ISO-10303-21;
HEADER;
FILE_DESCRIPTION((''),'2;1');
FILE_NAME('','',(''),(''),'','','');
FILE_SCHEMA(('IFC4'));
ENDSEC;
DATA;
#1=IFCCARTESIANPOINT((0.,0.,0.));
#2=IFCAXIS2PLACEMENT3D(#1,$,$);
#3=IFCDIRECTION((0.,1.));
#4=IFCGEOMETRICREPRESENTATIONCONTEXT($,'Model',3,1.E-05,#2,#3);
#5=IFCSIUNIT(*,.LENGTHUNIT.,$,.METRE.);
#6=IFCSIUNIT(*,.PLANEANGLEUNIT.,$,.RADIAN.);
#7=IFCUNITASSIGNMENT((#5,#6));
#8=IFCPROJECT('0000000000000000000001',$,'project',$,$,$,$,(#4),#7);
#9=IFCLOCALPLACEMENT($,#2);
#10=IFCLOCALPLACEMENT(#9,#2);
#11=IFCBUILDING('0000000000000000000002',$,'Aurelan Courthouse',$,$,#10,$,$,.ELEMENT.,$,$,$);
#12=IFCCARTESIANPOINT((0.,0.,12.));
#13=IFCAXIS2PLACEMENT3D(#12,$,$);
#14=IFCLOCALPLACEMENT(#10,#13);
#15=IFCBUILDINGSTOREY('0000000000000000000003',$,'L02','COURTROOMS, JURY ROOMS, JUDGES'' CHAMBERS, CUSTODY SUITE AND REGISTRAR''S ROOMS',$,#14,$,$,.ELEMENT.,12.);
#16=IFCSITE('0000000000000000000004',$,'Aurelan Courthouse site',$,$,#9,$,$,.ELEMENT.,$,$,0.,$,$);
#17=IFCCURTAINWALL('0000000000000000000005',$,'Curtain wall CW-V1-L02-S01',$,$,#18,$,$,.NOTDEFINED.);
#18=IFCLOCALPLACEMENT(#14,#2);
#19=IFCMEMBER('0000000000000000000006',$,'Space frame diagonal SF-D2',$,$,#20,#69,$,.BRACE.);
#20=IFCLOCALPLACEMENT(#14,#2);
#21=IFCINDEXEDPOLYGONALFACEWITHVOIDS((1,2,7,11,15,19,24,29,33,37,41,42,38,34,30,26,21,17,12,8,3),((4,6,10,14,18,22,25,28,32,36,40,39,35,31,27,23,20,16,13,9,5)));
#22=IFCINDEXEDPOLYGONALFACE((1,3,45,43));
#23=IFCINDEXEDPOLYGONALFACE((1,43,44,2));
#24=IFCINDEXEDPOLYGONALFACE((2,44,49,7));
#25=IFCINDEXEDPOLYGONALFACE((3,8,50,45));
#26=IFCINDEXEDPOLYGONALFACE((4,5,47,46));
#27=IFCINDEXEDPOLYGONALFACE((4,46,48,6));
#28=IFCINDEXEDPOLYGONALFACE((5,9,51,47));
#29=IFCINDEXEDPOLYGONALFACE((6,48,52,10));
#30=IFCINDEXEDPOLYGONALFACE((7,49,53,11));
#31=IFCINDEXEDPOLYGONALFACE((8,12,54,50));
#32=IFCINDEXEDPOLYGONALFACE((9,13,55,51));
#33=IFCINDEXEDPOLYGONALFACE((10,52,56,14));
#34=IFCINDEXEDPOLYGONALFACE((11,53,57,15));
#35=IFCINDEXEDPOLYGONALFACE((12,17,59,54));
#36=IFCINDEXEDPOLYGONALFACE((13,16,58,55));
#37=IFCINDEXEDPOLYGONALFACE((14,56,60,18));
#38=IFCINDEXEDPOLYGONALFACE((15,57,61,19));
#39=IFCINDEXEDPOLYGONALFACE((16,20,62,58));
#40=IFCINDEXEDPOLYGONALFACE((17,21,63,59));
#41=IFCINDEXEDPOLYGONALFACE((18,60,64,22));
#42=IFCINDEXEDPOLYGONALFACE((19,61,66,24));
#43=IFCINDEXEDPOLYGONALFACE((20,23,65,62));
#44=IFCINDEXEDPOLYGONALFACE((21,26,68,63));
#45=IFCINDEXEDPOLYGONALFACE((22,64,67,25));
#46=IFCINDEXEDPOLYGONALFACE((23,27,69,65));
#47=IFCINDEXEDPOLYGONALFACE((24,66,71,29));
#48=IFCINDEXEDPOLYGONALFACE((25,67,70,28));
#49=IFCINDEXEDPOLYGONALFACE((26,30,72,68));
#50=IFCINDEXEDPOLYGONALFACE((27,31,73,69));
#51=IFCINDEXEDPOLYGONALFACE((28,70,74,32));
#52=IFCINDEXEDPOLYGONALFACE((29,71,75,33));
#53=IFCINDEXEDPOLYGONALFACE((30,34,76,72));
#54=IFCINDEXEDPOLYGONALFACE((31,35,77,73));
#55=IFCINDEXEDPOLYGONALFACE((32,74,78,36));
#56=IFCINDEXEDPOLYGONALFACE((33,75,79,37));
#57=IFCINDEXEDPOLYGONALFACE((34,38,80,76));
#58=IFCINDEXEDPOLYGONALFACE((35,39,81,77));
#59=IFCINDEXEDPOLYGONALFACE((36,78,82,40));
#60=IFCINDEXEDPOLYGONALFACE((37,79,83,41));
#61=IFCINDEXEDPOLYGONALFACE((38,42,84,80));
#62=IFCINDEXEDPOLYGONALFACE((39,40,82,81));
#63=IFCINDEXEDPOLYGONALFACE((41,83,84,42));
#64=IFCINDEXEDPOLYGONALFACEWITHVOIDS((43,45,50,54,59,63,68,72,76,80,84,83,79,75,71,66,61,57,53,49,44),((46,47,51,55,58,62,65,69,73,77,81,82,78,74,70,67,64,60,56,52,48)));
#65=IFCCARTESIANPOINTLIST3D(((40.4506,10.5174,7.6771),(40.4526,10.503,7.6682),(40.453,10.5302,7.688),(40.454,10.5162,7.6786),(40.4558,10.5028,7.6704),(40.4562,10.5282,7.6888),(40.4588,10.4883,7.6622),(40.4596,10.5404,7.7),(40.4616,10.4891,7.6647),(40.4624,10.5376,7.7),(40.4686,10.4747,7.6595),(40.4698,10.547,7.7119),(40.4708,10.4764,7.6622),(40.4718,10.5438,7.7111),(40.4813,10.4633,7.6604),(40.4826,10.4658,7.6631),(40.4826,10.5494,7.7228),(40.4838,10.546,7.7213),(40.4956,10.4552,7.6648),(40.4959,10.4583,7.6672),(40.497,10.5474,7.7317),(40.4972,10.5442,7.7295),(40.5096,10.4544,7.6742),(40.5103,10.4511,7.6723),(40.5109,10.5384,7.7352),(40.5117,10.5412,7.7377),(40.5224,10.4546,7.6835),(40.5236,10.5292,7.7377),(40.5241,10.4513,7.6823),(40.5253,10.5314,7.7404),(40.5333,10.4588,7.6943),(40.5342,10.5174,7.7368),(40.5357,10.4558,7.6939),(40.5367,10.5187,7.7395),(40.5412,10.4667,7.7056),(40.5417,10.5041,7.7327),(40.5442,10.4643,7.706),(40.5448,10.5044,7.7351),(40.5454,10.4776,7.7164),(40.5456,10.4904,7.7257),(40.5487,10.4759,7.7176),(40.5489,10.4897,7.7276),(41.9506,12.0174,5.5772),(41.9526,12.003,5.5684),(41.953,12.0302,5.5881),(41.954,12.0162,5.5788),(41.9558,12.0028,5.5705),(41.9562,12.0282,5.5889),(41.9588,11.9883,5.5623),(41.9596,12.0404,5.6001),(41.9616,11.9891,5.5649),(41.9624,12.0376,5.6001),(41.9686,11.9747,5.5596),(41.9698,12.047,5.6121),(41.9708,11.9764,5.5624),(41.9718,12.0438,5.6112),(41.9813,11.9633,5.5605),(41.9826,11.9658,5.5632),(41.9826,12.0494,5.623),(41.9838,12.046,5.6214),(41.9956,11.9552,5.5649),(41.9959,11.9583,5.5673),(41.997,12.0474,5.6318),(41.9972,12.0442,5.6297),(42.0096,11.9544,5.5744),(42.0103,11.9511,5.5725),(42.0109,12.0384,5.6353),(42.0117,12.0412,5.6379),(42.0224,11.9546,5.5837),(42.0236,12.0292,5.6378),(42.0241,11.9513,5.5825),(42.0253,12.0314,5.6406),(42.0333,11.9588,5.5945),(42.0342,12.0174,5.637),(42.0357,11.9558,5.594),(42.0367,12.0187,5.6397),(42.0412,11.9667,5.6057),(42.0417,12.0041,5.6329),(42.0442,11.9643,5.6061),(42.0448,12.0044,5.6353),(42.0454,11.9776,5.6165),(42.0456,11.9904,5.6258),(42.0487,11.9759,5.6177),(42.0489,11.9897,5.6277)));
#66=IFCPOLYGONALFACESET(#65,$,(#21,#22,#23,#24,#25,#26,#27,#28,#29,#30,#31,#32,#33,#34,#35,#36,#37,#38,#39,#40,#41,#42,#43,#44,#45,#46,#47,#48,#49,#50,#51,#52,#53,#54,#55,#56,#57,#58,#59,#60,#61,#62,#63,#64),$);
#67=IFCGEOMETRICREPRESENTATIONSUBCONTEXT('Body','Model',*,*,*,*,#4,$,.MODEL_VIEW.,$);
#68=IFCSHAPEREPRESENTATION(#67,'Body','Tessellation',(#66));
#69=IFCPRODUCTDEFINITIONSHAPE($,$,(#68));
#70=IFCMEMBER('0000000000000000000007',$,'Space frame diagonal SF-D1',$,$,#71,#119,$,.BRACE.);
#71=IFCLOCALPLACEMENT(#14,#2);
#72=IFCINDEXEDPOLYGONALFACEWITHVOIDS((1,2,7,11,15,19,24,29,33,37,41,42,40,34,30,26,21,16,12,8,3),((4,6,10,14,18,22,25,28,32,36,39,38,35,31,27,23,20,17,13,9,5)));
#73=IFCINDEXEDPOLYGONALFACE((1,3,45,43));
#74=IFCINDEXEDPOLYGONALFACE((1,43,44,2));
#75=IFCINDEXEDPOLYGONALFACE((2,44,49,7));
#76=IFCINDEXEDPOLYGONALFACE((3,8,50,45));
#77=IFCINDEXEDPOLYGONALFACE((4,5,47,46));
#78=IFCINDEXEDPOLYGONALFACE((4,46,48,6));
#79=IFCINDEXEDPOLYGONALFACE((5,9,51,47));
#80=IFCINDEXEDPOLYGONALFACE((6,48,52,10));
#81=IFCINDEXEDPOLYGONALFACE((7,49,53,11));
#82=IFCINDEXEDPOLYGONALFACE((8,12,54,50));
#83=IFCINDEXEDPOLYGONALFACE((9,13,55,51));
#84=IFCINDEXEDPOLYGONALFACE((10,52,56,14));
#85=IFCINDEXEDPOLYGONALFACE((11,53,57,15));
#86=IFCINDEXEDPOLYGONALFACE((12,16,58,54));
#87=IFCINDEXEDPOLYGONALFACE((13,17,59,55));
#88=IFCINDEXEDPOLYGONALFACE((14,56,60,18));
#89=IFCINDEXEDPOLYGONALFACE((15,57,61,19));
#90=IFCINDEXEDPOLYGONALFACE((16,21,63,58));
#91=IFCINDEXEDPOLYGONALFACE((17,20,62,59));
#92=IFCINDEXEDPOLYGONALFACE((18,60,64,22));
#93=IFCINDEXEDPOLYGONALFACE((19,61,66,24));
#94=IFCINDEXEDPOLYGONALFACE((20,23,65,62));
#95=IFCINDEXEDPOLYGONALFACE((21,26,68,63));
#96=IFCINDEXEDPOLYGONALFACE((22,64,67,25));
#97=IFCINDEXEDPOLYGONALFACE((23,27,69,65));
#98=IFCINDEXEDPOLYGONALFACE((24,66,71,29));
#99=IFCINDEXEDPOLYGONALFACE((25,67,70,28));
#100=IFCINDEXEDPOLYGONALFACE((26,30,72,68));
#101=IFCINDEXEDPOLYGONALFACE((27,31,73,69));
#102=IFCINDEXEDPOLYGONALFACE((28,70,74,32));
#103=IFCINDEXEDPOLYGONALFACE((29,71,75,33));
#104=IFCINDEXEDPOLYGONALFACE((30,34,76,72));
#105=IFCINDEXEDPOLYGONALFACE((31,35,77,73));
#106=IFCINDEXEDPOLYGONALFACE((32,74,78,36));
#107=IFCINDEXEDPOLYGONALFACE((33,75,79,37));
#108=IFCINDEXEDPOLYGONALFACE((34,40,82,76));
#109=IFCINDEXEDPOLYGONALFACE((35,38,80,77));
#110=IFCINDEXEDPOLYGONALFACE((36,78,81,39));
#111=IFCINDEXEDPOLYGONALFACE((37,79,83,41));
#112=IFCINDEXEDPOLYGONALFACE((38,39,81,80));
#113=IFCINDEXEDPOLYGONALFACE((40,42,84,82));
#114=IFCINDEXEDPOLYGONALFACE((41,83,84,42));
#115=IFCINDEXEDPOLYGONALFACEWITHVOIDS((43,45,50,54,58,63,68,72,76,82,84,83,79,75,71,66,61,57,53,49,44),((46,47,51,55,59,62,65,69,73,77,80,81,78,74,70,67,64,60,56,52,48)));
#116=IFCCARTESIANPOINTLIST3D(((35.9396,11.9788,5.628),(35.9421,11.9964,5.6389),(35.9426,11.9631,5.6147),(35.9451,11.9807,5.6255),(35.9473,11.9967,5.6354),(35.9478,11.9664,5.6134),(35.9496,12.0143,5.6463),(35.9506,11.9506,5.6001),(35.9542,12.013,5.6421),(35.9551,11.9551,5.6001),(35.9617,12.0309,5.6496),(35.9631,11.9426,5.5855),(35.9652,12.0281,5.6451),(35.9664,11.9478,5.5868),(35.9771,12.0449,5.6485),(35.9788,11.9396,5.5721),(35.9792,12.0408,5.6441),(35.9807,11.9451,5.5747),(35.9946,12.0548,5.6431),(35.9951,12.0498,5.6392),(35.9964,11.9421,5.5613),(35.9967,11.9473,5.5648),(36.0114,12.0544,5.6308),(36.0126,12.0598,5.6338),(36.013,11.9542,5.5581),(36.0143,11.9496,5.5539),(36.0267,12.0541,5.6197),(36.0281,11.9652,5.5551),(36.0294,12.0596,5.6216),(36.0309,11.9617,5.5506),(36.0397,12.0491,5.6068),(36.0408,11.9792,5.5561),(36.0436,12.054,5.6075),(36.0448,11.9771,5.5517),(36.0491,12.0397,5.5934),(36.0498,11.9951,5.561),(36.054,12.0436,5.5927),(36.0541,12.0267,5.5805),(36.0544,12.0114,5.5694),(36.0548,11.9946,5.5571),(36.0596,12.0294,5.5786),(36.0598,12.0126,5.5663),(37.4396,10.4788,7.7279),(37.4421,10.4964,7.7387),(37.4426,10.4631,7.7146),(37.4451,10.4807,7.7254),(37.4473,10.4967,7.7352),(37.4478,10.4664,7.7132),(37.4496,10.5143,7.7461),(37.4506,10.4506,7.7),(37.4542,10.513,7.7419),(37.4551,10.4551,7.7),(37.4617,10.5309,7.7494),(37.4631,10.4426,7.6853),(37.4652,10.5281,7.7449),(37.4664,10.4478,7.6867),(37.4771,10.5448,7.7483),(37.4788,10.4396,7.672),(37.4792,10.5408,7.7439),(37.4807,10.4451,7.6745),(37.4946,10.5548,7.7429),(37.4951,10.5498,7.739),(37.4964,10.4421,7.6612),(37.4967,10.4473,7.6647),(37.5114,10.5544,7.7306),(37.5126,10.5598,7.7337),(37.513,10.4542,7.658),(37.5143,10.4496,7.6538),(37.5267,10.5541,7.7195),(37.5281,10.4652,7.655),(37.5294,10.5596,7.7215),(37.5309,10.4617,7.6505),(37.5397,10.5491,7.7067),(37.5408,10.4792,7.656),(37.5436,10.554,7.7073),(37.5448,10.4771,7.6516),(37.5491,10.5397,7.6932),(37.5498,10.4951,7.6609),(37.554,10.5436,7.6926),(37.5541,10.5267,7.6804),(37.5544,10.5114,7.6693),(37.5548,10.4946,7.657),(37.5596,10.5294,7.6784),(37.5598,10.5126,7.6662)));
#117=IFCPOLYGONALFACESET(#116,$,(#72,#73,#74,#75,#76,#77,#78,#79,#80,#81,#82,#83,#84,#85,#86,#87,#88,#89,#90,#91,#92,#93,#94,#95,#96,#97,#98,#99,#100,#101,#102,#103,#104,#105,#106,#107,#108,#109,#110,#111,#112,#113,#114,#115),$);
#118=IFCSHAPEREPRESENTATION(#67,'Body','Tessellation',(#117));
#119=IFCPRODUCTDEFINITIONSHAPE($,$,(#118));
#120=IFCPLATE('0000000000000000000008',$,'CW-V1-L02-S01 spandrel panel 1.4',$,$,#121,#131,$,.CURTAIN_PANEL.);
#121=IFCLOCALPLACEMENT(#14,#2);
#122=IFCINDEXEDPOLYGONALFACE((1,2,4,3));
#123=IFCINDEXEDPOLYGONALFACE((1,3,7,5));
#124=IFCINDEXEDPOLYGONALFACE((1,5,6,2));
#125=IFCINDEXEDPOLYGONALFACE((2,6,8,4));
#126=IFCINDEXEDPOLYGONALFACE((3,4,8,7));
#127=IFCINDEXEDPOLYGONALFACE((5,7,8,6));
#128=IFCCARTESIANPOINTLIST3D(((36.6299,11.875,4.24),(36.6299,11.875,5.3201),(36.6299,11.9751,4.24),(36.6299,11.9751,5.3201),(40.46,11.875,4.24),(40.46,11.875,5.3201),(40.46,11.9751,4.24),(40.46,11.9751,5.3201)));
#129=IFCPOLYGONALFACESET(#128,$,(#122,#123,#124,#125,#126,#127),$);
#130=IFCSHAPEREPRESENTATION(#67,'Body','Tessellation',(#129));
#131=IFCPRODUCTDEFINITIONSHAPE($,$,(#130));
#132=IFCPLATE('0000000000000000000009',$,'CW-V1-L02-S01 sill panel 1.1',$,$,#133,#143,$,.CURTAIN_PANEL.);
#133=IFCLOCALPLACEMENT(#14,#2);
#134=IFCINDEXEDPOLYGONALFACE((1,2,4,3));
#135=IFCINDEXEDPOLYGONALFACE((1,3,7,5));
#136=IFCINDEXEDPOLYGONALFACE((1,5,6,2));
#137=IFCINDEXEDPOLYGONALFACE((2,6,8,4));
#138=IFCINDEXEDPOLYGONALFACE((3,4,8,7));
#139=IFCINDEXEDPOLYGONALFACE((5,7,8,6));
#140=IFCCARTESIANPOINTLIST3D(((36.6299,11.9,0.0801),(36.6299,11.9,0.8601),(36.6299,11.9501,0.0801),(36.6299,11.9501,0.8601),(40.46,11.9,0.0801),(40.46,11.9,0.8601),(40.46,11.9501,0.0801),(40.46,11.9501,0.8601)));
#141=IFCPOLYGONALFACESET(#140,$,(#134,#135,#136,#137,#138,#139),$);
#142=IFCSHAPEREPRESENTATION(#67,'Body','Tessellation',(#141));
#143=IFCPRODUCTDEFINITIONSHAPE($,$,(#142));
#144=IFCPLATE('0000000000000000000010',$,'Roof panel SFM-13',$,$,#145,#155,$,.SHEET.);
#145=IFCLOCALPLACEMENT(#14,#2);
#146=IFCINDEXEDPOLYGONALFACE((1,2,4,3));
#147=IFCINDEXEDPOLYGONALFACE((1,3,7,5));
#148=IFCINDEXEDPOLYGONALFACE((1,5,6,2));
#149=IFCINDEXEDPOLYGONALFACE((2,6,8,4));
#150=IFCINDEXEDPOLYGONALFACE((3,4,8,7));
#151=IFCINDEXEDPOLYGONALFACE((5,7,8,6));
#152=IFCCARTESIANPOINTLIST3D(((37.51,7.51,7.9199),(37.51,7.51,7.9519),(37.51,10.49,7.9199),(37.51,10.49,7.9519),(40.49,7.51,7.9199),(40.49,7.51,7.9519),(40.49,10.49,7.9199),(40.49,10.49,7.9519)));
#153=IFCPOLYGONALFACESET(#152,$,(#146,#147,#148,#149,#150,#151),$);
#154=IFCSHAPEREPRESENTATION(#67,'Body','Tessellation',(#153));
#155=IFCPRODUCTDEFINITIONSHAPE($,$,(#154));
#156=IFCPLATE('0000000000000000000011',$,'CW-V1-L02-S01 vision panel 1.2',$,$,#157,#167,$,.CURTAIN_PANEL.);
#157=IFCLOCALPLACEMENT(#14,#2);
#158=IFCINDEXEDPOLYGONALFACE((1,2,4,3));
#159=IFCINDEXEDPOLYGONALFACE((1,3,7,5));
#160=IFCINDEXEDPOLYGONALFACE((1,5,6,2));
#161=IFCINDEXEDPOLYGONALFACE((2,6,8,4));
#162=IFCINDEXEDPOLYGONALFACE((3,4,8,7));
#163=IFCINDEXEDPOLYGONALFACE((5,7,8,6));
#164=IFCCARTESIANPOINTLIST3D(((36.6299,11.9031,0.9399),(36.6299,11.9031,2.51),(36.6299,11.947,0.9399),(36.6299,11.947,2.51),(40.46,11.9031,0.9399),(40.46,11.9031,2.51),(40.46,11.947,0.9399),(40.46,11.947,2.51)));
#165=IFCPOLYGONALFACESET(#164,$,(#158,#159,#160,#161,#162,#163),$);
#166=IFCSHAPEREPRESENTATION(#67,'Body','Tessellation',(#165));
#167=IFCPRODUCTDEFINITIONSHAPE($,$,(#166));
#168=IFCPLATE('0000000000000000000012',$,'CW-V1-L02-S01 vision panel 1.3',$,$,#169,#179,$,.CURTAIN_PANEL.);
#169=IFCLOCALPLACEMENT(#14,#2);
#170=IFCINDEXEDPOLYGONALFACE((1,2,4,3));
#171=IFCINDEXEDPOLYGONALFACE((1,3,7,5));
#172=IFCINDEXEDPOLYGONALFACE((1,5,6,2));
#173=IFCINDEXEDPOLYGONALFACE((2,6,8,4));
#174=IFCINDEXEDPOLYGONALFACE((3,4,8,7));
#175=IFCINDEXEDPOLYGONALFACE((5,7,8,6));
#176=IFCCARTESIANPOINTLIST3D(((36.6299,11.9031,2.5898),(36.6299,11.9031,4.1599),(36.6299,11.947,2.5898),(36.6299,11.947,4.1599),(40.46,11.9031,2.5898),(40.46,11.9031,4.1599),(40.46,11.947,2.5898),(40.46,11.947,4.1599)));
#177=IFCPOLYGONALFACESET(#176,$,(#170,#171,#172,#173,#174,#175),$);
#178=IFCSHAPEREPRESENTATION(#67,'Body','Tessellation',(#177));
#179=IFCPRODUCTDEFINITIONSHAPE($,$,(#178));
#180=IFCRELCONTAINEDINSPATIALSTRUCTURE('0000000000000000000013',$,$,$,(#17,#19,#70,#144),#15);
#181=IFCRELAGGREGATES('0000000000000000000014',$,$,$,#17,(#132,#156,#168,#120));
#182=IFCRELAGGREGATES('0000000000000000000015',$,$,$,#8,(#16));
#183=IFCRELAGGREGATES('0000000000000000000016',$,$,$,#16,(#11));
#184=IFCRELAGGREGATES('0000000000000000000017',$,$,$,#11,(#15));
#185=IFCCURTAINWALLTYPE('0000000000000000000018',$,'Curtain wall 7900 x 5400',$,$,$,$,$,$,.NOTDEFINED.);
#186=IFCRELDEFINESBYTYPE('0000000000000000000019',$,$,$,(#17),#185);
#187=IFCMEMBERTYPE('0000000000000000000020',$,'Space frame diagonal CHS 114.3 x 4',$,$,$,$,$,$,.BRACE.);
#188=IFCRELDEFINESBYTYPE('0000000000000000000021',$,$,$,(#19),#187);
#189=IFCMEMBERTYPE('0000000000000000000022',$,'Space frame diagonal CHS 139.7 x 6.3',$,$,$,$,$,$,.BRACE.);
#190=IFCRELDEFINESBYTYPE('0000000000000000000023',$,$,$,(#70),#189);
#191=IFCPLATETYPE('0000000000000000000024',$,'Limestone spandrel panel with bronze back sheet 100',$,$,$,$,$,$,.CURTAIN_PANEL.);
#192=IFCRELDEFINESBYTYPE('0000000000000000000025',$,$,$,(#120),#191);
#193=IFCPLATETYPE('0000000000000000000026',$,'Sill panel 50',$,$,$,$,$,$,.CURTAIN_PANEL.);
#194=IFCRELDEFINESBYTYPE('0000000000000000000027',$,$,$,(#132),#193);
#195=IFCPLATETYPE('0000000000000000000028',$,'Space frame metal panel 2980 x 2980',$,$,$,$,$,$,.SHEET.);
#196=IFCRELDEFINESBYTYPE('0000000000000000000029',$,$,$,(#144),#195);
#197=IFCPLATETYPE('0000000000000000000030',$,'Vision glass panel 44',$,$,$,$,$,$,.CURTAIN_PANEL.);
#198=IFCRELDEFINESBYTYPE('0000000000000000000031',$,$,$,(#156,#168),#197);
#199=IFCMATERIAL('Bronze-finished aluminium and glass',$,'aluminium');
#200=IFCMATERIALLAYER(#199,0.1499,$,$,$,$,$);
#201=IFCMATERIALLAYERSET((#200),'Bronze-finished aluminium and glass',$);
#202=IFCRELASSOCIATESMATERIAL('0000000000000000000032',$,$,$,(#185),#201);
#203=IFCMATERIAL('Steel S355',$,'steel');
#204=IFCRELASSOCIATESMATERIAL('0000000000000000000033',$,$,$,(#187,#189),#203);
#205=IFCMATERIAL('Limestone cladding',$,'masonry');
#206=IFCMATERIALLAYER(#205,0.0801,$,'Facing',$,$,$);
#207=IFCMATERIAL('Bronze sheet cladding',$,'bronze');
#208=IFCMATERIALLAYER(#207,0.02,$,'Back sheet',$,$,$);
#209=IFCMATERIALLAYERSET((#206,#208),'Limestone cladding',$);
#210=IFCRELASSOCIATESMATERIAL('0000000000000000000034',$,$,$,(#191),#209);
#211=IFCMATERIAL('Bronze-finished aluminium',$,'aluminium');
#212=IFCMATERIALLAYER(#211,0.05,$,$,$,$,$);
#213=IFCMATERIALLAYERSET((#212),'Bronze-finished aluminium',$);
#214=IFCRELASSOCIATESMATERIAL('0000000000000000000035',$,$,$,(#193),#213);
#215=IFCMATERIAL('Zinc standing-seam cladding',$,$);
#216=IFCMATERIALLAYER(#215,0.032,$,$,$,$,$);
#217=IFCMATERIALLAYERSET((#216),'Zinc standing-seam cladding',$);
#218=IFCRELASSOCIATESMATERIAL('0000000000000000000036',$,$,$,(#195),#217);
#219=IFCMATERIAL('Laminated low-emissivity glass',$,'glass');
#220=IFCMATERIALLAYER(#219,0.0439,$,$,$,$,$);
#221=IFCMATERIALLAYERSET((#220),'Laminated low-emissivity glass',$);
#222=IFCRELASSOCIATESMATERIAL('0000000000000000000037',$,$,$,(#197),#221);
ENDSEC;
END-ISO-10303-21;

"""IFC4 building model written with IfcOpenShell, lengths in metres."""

from ifc_helpers import new_model, si_unit, direction, frame, origin, origin_2d, place, context, subcontext, project, spatial, rectangle, hollow_circle, extrude, material, layer, layer_set, material_profile, profile_set, type_object, element, aggregate, save


model = new_model("IFC4")

# Units and contexts
model_context = context("Model", 3, precision=1e-05, world=origin(), true_north=direction((0.0, 1.0)))
body_context = subcontext(model_context, "Body", "Model", "MODEL_VIEW")
ifc_project = project(units=[si_unit("LENGTHUNIT", "METRE"), si_unit("PLANEANGLEUNIT", "RADIAN")], contexts=[model_context])

# Site, building, storey
site_placement = place(None, origin())
site = spatial("IfcSite", under=ifc_project, at=site_placement, Name="Aurelan Courthouse site", CompositionType="ELEMENT", RefElevation=0.0)
building_placement = place(site_placement, origin())
building = spatial("IfcBuilding", under=site, at=building_placement, Name="Aurelan Courthouse", CompositionType="ELEMENT")
storey_placement = place(building_placement, frame((0.0, 0.0, 12.0)))
storey = spatial("IfcBuildingStorey", under=building, at=storey_placement, Name="L02", Description="COURTROOMS, JURY ROOMS, JUDGES' CHAMBERS, CUSTODY SUITE AND REGISTRAR'S ROOMS", CompositionType="ELEMENT", Elevation=12.0)

# Curtain wall
ifc_material_1 = material(Name="Bronze-finished aluminium and glass", Category="aluminium")
ifc_layer_1 = layer(ifc_material_1, 0.1499)
ifc_layer_set_1 = layer_set([ifc_layer_1], Name="Bronze-finished aluminium and glass")
curtain_wall_type = type_object("IfcCurtainWallType", Name="Curtain wall 7900 x 5400", PredefinedType="NOTDEFINED", material=ifc_layer_set_1)
curtain_wall_placement = place(storey_placement, origin())
curtain_wall = element("IfcCurtainWall", 1, at=curtain_wall_placement, inside=storey, type_object=curtain_wall_type, Name="Curtain wall CW-V1-L02-S01", PredefinedType="NOTDEFINED")
ifc_material_2 = material(Name="Bronze-finished aluminium", Category="aluminium")

# Members
ifc_material_3 = material(Name="Steel S355", Category="steel")
ifc_material_profile_1 = material_profile(ifc_material_3, hollow_circle(Radius=0.0571, WallThickness=0.0039, at=origin_2d()), Name="CHS 114.3 x 4")
ifc_profile_set_1 = profile_set([ifc_material_profile_1], Name="Steel S355")
member_type_1 = type_object("IfcMemberType", Name="Space frame diagonal CHS 114.3 x 4", PredefinedType="BRACE", material=ifc_profile_set_1)
for number, where, z_axis, x_axis, name in (
    (2, (40.5, 10.5, 7.7), (0.502536, 0.502536, -0.703502), (-0.707107, 0.707107, 0.0), "Space frame diagonal SF-D2"),
):
    element("IfcMember", number, at=place(storey_placement, frame(where, z_axis=z_axis, x_axis=x_axis)), inside=storey, type_object=member_type_1, Name=name, PredefinedType="BRACE", context=body_context, shape_type="SweptSolid", body=[
        extrude(hollow_circle(Radius=0.0571, WallThickness=0.0039, at=origin_2d()), origin(), (0.0, 0.0, 1.0), 2.9849),
    ])
ifc_material_profile_2 = material_profile(ifc_material_3, hollow_circle(Radius=0.0698, WallThickness=0.0063, at=origin_2d()), Name="CHS 139.7 x 6.3")
ifc_profile_set_2 = profile_set([ifc_material_profile_2], Name="Steel S355")
member_type_2 = type_object("IfcMemberType", Name="Space frame diagonal CHS 139.7 x 6.3", PredefinedType="BRACE", material=ifc_profile_set_2)
member_1_placement = place(storey_placement, frame((37.5, 10.5, 7.7), z_axis=(-0.502536, 0.502536, -0.703502), x_axis=(-0.707107, -0.707107, 0.0)))
element("IfcMember", 3, at=member_1_placement, inside=storey, type_object=member_type_2, Name="Space frame diagonal SF-D1", PredefinedType="BRACE", context=body_context, shape_type="SweptSolid", body=[
    extrude(hollow_circle(Radius=0.0698, WallThickness=0.0063, at=origin_2d()), origin(), (0.0, 0.0, 1.0), 2.9849),
])

# Plates
ifc_material_4 = material(Name="Limestone cladding", Category="masonry")
ifc_layer_2 = layer(ifc_material_4, 0.0801, Name="Facing")
ifc_material_5 = material(Name="Bronze sheet cladding", Category="bronze")
ifc_layer_3 = layer(ifc_material_5, 0.02, Name="Back sheet")
ifc_layer_set_2 = layer_set([ifc_layer_2, ifc_layer_3], Name="Limestone cladding")
plate_type_1 = type_object("IfcPlateType", Name="Limestone spandrel panel with bronze back sheet 100", PredefinedType="CURTAIN_PANEL", material=ifc_layer_set_2)
plate_1_placement = place(storey_placement, frame((38.5449, 11.925, 4.24), z_axis=(0.0, 0.0, 1.0), x_axis=(1.0, 0.0, 0.0)))
plate_1 = element("IfcPlate", 4, at=plate_1_placement, type_object=plate_type_1, Name="CW-V1-L02-S01 spandrel panel 1.4", PredefinedType="CURTAIN_PANEL", context=body_context, shape_type="SweptSolid", body=[
    extrude(rectangle(XDim=3.8301, YDim=0.1001, at=origin_2d()), origin(), (0.0, 0.0, 1.0), 1.0801),
])
ifc_layer_4 = layer(ifc_material_2, 0.05)
ifc_layer_set_3 = layer_set([ifc_layer_4], Name="Bronze-finished aluminium")
plate_type_2 = type_object("IfcPlateType", Name="Sill panel 50", PredefinedType="CURTAIN_PANEL", material=ifc_layer_set_3)
plate_2_placement = place(storey_placement, frame((38.5449, 11.925, 0.0801), z_axis=(0.0, 0.0, 1.0), x_axis=(1.0, 0.0, 0.0)))
plate_2 = element("IfcPlate", 5, at=plate_2_placement, type_object=plate_type_2, Name="CW-V1-L02-S01 sill panel 1.1", PredefinedType="CURTAIN_PANEL", context=body_context, shape_type="SweptSolid", body=[
    extrude(rectangle(XDim=3.8301, YDim=0.05, at=origin_2d()), origin(), (0.0, 0.0, 1.0), 0.78),
])
ifc_material_6 = material(Name="Zinc standing-seam cladding")
ifc_layer_5 = layer(ifc_material_6, 0.032)
ifc_layer_set_4 = layer_set([ifc_layer_5], Name="Zinc standing-seam cladding")
plate_type_3 = type_object("IfcPlateType", Name="Space frame metal panel 2980 x 2980", PredefinedType="SHEET", material=ifc_layer_set_4)
plate_3_placement = place(storey_placement, frame((39.0, 9.0, 7.9199), z_axis=(0.0, 0.0, 1.0), x_axis=(1.0, 0.0, 0.0)))
element("IfcPlate", 6, at=plate_3_placement, inside=storey, type_object=plate_type_3, Name="Roof panel SFM-13", PredefinedType="SHEET", context=body_context, shape_type="SweptSolid", body=[
    extrude(rectangle(XDim=2.98, YDim=2.98, at=origin_2d()), origin(), (0.0, 0.0, 1.0), 0.032),
])
ifc_material_7 = material(Name="Laminated low-emissivity glass", Category="glass")
ifc_layer_6 = layer(ifc_material_7, 0.0439)
ifc_layer_set_5 = layer_set([ifc_layer_6], Name="Laminated low-emissivity glass")
plate_type_4 = type_object("IfcPlateType", Name="Vision glass panel 44", PredefinedType="CURTAIN_PANEL", material=ifc_layer_set_5)
plate_4_placement = place(storey_placement, frame((38.5449, 11.925, 0.9399), z_axis=(0.0, 0.0, 1.0), x_axis=(1.0, 0.0, 0.0)))
plate_4 = element("IfcPlate", 7, at=plate_4_placement, type_object=plate_type_4, Name="CW-V1-L02-S01 vision panel 1.2", PredefinedType="CURTAIN_PANEL", context=body_context, shape_type="SweptSolid", body=[
    extrude(rectangle(XDim=3.8301, YDim=0.0439, at=origin_2d()), origin(), (0.0, 0.0, 1.0), 1.5701),
])
plate_5_placement = place(storey_placement, frame((38.5449, 11.925, 2.5898), z_axis=(0.0, 0.0, 1.0), x_axis=(1.0, 0.0, 0.0)))
plate_5 = element("IfcPlate", 8, at=plate_5_placement, type_object=plate_type_4, Name="CW-V1-L02-S01 vision panel 1.3", PredefinedType="CURTAIN_PANEL", context=body_context, shape_type="SweptSolid", body=[
    extrude(rectangle(XDim=3.8301, YDim=0.0439, at=origin_2d()), origin(), (0.0, 0.0, 1.0), 1.5701),
])
aggregate(curtain_wall, [plate_2, plate_4, plate_5, plate_1])

save(model, "model.ifc")
